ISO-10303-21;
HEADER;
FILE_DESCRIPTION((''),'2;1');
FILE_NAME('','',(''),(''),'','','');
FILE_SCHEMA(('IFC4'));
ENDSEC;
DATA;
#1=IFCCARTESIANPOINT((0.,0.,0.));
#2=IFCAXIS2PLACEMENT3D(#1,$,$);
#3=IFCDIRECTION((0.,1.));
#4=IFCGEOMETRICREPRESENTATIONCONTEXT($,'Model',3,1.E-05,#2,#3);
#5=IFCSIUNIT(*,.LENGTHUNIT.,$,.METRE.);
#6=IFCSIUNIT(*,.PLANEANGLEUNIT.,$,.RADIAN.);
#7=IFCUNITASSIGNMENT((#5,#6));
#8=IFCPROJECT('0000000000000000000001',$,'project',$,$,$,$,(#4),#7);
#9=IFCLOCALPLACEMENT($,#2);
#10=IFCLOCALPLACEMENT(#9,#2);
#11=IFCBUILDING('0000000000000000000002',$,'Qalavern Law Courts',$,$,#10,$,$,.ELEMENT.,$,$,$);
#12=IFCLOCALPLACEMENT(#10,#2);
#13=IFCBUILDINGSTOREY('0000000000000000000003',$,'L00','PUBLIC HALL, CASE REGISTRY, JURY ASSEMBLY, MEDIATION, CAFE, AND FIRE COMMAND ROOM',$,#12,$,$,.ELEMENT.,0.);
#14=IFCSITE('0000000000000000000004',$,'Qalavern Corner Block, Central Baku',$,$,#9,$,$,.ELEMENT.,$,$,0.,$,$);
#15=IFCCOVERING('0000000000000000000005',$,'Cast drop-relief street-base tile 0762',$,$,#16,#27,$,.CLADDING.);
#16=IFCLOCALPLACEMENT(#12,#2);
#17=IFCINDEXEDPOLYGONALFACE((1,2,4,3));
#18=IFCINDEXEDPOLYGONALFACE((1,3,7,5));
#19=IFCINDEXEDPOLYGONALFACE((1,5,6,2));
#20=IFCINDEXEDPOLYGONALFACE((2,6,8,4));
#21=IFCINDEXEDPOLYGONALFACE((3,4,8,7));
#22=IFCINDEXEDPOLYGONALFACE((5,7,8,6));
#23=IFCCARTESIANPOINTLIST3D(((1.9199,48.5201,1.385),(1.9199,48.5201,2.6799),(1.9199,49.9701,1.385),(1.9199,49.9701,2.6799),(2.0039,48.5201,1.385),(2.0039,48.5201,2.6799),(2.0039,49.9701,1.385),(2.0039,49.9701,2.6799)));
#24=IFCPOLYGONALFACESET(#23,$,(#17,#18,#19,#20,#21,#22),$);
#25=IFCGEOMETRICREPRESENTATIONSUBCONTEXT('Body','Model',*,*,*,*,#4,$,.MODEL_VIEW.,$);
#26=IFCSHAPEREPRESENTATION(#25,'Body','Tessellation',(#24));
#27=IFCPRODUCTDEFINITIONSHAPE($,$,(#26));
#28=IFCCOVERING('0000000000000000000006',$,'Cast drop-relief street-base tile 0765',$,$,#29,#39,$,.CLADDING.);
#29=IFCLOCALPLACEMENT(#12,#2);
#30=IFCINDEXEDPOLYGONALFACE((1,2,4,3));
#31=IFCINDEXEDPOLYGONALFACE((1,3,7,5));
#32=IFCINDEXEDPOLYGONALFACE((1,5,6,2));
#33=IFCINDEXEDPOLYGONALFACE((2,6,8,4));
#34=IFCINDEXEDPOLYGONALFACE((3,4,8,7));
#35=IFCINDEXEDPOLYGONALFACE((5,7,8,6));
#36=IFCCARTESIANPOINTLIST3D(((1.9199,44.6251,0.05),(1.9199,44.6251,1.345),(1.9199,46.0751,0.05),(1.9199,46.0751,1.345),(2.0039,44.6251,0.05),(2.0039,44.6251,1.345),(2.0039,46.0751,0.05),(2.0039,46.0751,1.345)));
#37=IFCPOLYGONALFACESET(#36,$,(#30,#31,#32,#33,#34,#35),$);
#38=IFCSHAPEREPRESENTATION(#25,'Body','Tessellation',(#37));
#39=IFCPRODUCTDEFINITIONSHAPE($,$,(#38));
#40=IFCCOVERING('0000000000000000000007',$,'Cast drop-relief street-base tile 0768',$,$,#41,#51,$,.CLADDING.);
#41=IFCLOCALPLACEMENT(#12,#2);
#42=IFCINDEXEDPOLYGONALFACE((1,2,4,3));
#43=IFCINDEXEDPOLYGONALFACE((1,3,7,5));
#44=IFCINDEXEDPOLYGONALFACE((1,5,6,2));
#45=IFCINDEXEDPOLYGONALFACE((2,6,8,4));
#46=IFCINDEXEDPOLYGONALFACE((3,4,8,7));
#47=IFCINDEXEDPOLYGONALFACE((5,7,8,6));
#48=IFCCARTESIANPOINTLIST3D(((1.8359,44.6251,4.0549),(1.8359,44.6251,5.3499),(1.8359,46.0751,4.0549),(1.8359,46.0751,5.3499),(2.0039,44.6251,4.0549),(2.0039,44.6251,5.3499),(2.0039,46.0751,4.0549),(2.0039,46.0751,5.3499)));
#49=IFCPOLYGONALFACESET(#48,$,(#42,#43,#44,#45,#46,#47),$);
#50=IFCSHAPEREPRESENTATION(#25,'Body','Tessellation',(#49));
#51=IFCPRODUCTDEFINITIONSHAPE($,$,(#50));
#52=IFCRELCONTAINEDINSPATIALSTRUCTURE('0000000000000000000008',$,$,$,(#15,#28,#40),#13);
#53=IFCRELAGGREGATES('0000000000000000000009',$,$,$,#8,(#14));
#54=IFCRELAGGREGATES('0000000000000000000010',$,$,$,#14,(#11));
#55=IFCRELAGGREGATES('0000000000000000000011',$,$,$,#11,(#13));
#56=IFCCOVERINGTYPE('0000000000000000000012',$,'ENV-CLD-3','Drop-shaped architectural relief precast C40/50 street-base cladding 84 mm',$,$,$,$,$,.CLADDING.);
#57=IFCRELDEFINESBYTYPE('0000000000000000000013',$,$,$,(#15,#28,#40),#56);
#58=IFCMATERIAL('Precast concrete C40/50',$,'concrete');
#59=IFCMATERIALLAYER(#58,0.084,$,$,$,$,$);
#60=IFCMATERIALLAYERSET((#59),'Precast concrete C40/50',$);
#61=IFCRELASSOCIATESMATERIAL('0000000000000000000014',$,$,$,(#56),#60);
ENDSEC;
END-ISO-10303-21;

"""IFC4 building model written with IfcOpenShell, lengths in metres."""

from ifc_helpers import new_model, si_unit, direction, frame, origin, origin_2d, place, context, subcontext, project, spatial, rectangle, extrude, material, layer, layer_set, type_object, element, save


model = new_model("IFC4")

# Units and contexts
model_context = context("Model", 3, precision=1e-05, world=origin(), true_north=direction((0.0, 1.0)))
body_context = subcontext(model_context, "Body", "Model", "MODEL_VIEW")
ifc_project = project(units=[si_unit("LENGTHUNIT", "METRE"), si_unit("PLANEANGLEUNIT", "RADIAN")], contexts=[model_context])

# Site, building, storey
site_placement = place(None, origin())
site = spatial("IfcSite", under=ifc_project, at=site_placement, Name="Qalavern Corner Block, Central Baku", CompositionType="ELEMENT", RefElevation=0.0)
building_placement = place(site_placement, origin())
building = spatial("IfcBuilding", under=site, at=building_placement, Name="Qalavern Law Courts", CompositionType="ELEMENT")
storey_placement = place(building_placement, origin())
storey = spatial("IfcBuildingStorey", under=building, at=storey_placement, Name="L00", Description="PUBLIC HALL, CASE REGISTRY, JURY ASSEMBLY, MEDIATION, CAFE, AND FIRE COMMAND ROOM", CompositionType="ELEMENT", Elevation=0.0)

# Coverings
ifc_material = material(Name="Precast concrete C40/50", Category="concrete")
ifc_layer_1 = layer(ifc_material, 0.084)
ifc_layer_set_1 = layer_set([ifc_layer_1], Name="Precast concrete C40/50")
covering_type_1 = type_object("IfcCoveringType", Name="ENV-CLD-3", Description="Drop-shaped architectural relief precast C40/50 street-base cladding 84 mm", PredefinedType="CLADDING", material=ifc_layer_set_1)
for number, where, z_axis, x_axis, name in (
    (1, (1.9619, 49.2451, 1.385), (0.0, 0.0, 1.0), (0.0, -1.0, 0.0), "Cast drop-relief street-base tile 0762"),
    (2, (1.9619, 45.3501, 0.05), (0.0, 0.0, 1.0), (0.0, -1.0, 0.0), "Cast drop-relief street-base tile 0765"),
):
    element("IfcCovering", number, at=place(storey_placement, frame(where, z_axis=z_axis, x_axis=x_axis)), inside=storey, type_object=covering_type_1, Name=name, PredefinedType="CLADDING", context=body_context, shape_type="SweptSolid", body=[
        extrude(rectangle(XDim=1.45, YDim=0.084, at=origin_2d()), origin(), (0.0, 0.0, 1.0), 1.2949),
    ])
covering_1_placement = place(storey_placement, frame((1.9199, 45.3501, 4.0549), z_axis=(0.0, 0.0, 1.0), x_axis=(0.0, -1.0, 0.0)))
element("IfcCovering", 3, at=covering_1_placement, inside=storey, type_object=covering_type_1, Name="Cast drop-relief street-base tile 0768", PredefinedType="CLADDING", context=body_context, shape_type="SweptSolid", body=[
    extrude(rectangle(XDim=1.45, YDim=0.168, at=origin_2d()), origin(), (0.0, 0.0, 1.0), 1.2949),
])

save(model, "model.ifc")
